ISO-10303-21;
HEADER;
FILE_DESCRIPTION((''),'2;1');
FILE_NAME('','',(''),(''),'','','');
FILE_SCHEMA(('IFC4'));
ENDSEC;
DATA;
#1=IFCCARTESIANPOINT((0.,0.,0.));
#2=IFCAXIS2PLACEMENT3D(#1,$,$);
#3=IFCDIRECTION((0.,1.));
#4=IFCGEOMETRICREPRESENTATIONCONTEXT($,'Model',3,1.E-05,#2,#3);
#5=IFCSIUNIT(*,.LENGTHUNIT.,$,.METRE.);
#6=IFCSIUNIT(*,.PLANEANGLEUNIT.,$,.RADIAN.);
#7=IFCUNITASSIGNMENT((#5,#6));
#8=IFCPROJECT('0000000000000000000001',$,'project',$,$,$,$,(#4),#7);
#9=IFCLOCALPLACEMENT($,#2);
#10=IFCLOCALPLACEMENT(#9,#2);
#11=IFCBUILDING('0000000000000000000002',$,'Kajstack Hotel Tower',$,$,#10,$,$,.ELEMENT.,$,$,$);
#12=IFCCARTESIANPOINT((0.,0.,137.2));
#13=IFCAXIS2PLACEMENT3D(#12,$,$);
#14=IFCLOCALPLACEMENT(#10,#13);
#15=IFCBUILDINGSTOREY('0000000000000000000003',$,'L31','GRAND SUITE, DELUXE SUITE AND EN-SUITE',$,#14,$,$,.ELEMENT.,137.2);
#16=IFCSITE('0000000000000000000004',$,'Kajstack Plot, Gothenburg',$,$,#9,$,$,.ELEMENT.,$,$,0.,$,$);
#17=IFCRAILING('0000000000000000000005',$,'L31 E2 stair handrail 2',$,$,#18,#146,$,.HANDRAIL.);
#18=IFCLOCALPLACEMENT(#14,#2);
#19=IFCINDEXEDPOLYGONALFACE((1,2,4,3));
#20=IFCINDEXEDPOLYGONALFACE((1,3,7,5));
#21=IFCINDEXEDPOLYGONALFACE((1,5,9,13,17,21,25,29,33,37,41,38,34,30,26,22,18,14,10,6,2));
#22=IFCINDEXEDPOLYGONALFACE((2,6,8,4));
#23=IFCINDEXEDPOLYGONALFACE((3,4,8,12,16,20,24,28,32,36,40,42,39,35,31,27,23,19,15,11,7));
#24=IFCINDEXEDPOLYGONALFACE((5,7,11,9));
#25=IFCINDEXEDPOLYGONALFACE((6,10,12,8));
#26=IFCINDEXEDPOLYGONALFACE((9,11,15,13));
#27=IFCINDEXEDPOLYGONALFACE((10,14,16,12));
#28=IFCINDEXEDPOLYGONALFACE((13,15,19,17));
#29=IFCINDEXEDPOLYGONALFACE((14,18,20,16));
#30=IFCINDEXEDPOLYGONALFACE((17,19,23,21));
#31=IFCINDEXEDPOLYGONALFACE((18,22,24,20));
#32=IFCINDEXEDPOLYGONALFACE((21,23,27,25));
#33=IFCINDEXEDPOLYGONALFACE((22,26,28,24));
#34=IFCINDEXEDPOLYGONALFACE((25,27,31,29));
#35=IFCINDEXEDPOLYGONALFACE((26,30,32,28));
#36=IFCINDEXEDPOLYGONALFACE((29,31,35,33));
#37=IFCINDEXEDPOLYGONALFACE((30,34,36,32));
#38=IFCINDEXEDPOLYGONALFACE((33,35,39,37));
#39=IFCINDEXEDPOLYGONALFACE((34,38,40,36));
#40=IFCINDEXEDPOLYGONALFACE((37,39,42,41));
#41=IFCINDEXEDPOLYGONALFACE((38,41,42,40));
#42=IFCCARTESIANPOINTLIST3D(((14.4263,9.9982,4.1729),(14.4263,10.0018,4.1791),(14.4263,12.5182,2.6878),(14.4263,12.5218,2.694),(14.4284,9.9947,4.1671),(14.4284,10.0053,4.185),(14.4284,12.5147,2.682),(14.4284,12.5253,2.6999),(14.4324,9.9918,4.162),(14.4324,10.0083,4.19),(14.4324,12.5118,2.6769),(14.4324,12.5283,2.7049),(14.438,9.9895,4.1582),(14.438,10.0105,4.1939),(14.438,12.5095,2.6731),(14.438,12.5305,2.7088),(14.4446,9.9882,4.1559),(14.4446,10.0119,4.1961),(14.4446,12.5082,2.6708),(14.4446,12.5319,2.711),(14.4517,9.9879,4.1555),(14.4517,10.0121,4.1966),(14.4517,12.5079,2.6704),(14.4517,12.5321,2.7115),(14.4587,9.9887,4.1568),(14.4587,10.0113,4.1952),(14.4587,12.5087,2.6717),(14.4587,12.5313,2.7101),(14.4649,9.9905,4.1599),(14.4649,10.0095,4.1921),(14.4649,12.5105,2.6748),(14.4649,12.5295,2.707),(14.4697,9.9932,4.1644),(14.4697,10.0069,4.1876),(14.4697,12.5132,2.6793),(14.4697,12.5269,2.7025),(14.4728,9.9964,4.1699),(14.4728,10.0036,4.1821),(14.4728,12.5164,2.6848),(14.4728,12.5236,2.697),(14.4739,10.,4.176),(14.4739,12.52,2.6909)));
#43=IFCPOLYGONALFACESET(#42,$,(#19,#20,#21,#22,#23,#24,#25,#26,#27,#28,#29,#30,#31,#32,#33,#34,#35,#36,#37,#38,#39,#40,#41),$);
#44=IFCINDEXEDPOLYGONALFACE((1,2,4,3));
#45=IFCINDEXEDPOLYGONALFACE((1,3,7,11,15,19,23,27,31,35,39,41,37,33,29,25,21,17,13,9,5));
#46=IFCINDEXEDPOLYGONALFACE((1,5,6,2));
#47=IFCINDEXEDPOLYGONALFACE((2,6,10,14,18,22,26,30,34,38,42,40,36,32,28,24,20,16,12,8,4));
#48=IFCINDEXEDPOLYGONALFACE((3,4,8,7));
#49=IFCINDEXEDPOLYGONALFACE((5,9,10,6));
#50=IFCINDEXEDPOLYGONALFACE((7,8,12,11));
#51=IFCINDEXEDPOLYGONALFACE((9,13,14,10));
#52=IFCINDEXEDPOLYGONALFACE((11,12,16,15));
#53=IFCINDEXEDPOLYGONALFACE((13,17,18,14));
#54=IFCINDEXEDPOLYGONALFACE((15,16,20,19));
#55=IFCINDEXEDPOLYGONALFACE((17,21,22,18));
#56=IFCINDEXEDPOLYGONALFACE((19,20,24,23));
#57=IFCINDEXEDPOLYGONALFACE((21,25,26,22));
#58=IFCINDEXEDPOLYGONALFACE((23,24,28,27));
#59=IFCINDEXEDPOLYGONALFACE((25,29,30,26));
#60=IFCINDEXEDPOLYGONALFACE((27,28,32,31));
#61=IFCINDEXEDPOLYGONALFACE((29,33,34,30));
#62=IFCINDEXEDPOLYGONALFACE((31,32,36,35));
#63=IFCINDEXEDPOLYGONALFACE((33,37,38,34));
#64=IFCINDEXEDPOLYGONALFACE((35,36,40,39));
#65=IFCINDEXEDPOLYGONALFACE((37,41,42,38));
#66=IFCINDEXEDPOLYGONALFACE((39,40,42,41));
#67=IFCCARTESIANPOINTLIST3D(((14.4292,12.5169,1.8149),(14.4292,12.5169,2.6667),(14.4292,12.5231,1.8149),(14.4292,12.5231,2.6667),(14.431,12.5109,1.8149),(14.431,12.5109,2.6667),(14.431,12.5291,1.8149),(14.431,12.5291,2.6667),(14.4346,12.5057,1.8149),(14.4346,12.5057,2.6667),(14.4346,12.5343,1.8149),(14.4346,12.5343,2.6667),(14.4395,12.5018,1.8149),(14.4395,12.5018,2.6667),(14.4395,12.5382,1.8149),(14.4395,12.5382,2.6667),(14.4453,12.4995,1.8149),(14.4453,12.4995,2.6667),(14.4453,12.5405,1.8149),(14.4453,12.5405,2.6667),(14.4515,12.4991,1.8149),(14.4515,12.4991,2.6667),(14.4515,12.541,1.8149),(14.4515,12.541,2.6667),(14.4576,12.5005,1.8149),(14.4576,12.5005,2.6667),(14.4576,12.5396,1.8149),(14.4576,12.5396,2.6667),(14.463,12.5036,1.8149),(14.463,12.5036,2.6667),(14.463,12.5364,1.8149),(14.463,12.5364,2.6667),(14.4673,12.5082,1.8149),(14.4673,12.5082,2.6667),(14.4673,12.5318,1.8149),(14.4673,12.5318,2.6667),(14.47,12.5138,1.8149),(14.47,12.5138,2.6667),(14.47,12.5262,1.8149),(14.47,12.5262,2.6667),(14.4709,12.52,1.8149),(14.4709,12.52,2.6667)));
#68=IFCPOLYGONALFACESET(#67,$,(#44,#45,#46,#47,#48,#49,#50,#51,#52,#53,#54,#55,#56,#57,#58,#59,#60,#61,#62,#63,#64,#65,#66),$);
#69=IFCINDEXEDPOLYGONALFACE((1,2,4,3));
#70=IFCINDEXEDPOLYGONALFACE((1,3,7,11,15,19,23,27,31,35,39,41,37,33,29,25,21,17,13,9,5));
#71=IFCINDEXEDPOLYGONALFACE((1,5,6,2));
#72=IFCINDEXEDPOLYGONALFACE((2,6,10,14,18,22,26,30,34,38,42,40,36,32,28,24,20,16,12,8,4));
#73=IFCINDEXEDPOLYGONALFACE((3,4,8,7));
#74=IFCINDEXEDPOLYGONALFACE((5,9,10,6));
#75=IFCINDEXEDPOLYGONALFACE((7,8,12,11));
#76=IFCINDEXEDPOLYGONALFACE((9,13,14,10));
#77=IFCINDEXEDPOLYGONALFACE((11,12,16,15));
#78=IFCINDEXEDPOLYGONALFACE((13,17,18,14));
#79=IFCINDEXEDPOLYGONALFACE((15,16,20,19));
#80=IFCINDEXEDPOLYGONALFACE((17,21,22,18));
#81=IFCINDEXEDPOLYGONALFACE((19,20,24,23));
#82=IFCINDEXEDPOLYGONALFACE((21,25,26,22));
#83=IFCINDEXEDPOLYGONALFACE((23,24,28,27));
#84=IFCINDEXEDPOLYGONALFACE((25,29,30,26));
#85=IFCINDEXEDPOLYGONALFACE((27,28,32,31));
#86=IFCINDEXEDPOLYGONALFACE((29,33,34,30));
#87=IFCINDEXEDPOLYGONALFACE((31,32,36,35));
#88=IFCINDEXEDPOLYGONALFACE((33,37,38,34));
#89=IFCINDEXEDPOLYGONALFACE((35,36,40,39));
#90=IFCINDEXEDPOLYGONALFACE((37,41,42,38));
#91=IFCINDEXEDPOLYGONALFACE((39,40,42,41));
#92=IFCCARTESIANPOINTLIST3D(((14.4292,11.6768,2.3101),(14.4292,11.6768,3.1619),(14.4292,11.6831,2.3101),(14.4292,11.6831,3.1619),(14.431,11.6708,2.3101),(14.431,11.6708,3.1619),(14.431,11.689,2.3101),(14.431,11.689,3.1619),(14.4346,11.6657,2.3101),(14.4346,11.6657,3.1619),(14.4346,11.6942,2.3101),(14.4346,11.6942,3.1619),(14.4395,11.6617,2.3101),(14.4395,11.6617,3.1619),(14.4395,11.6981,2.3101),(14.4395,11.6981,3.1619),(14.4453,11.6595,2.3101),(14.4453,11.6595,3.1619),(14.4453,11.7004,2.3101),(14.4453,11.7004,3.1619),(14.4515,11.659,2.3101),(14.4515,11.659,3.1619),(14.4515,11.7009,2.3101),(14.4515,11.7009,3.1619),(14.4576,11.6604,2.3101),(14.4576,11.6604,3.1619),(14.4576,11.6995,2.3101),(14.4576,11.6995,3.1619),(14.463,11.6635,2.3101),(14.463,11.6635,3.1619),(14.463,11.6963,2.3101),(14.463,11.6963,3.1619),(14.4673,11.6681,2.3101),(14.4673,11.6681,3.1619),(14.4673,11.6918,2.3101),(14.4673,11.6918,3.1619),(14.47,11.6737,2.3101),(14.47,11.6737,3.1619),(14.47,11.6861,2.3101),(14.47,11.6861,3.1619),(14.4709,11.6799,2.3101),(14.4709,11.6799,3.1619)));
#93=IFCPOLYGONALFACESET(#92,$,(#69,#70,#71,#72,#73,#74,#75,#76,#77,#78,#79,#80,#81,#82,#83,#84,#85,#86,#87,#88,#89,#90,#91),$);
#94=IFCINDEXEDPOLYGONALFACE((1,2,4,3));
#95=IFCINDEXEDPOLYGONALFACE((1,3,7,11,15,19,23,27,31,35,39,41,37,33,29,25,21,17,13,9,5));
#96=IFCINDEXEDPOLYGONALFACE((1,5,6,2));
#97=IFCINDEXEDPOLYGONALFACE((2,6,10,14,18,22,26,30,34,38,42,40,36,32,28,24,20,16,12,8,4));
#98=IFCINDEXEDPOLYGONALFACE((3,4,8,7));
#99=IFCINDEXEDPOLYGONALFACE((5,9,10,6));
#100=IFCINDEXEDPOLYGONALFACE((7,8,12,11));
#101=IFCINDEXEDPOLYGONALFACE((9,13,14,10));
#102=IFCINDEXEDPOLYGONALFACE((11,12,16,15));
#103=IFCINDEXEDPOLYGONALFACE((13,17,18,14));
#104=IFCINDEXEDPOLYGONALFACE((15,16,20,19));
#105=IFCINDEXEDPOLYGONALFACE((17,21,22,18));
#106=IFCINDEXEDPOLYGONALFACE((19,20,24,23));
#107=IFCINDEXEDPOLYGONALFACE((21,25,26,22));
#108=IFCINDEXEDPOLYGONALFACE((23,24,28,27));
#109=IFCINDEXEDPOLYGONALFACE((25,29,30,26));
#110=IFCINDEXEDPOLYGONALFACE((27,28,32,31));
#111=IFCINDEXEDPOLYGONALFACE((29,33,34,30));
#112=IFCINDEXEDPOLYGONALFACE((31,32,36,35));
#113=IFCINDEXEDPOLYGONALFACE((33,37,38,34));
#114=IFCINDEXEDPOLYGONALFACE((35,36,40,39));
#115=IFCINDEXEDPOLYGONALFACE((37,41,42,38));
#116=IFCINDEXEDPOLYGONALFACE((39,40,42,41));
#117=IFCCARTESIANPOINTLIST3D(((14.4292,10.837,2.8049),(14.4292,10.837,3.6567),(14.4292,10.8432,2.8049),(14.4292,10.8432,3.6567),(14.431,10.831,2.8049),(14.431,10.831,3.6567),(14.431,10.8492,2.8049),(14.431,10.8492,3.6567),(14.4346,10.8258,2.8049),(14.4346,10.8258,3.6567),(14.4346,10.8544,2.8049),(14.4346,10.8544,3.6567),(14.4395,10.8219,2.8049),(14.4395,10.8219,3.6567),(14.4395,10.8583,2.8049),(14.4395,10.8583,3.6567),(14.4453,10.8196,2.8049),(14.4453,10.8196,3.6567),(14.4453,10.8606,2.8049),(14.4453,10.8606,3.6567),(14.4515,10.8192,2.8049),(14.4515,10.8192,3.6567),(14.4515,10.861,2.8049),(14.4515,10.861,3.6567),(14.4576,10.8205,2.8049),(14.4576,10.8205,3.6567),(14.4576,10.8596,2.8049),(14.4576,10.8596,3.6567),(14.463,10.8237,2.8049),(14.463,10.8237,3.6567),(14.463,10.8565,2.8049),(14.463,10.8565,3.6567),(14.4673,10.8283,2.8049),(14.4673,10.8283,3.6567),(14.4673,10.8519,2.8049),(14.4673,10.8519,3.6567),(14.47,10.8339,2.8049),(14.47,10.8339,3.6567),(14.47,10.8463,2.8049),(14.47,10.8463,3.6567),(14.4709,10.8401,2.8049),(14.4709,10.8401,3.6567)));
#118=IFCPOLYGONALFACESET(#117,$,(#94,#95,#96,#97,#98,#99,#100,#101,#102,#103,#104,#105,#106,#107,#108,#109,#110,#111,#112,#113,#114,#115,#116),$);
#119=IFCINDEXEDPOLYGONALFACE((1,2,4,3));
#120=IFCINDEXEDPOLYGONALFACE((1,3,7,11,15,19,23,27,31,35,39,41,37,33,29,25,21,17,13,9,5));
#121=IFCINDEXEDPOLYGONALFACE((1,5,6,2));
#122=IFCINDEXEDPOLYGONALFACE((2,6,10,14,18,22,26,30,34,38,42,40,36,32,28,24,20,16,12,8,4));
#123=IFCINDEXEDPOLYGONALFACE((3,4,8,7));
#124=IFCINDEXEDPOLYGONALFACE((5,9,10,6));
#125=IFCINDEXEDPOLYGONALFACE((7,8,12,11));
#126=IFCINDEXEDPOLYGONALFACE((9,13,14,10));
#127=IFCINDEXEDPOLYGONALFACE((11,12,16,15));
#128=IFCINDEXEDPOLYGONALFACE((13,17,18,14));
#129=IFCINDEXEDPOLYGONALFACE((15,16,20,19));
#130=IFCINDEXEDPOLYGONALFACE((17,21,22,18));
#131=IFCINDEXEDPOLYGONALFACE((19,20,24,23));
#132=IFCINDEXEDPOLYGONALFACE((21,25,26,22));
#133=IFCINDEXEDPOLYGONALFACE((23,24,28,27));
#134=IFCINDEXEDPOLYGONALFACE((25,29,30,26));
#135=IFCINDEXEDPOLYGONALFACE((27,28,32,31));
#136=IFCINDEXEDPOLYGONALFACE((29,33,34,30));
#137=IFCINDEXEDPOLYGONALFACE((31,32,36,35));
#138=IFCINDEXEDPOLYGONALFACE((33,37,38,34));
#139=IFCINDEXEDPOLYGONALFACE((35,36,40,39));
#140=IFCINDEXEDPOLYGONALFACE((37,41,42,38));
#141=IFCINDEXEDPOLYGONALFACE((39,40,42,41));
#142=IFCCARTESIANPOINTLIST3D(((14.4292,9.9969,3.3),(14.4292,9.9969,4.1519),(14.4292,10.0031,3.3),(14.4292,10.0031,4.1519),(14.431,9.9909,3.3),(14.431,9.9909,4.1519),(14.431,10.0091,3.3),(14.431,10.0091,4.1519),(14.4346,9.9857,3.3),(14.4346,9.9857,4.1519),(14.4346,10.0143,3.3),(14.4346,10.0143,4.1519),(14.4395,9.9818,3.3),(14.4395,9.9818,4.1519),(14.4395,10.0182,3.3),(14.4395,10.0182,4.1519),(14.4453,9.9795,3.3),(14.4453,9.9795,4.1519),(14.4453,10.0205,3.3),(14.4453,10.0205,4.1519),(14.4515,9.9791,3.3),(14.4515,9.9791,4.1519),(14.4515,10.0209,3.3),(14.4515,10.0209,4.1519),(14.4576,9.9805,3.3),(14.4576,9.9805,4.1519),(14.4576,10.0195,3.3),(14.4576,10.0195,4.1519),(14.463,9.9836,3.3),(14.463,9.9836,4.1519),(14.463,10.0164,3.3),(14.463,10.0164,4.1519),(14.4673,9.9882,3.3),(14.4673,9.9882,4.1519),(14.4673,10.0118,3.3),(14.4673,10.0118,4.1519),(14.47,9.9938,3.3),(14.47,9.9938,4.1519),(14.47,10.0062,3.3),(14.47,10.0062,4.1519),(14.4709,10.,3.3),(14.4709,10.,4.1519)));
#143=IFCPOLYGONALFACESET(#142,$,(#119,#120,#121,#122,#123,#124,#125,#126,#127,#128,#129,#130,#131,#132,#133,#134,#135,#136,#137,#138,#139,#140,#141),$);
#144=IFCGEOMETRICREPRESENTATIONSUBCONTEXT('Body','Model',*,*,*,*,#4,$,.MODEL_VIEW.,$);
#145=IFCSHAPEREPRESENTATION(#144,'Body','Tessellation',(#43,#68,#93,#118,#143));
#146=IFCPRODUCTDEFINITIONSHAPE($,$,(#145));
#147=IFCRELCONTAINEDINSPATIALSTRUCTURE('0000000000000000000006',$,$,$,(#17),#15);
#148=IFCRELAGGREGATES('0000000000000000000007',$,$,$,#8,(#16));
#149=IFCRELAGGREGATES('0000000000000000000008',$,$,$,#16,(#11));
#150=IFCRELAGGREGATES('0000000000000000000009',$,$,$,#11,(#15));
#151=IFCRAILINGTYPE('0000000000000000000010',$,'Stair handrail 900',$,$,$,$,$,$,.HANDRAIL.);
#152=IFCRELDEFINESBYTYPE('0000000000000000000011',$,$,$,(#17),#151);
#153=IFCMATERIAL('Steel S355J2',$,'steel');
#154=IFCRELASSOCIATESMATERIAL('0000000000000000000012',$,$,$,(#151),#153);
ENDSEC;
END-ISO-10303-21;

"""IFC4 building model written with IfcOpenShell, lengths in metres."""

from ifc_helpers import new_model, si_unit, direction, frame, origin, origin_2d, place, context, subcontext, project, spatial, circle, extrude, material, type_object, element, save


model = new_model("IFC4")

# Units and contexts
model_context = context("Model", 3, precision=1e-05, world=origin(), true_north=direction((0.0, 1.0)))
body_context = subcontext(model_context, "Body", "Model", "MODEL_VIEW")
ifc_project = project(units=[si_unit("LENGTHUNIT", "METRE"), si_unit("PLANEANGLEUNIT", "RADIAN")], contexts=[model_context])

# Site, building, storey
site_placement = place(None, origin())
site = spatial("IfcSite", under=ifc_project, at=site_placement, Name="Kajstack Plot, Gothenburg", CompositionType="ELEMENT", RefElevation=0.0)
building_placement = place(site_placement, origin())
building = spatial("IfcBuilding", under=site, at=building_placement, Name="Kajstack Hotel Tower", CompositionType="ELEMENT")
storey_placement = place(building_placement, frame((0.0, 0.0, 137.2)))
storey = spatial("IfcBuildingStorey", under=building, at=storey_placement, Name="L31", Description="GRAND SUITE, DELUXE SUITE AND EN-SUITE", CompositionType="ELEMENT", Elevation=137.2)

# Railing
ifc_material_1 = material(Name="Steel S355J2", Category="steel")
railing_type = type_object("IfcRailingType", Name="Stair handrail 900", PredefinedType="HANDRAIL", material=ifc_material_1)
railing_placement = place(storey_placement, frame((14.45, 12.52, 1.8149)))
element("IfcRailing", 1, at=railing_placement, inside=storey, type_object=railing_type, Name="L31 E2 stair handrail 2", PredefinedType="HANDRAIL", context=body_context, shape_type="SweptSolid", body=[
    extrude(circle(Radius=0.0239, at=origin_2d()), frame((0.0, 0.0, 0.876), z_axis=(0.0, -0.861524, 0.507717), x_axis=(1.0, 0.0, 0.0)), (0.0, 0.0, 1.0), 2.925),
    extrude(circle(Radius=0.021, at=origin_2d()), origin(), (0.0, 0.0, 1.0), 0.8518),
    extrude(circle(Radius=0.021, at=origin_2d()), frame((0.0, -0.8401, 0.4951)), (0.0, 0.0, 1.0), 0.8518),
    extrude(circle(Radius=0.021, at=origin_2d()), frame((0.0, -1.6799, 0.99)), (0.0, 0.0, 1.0), 0.8518),
    extrude(circle(Radius=0.021, at=origin_2d()), frame((0.0, -2.52, 1.4851)), (0.0, 0.0, 1.0), 0.8518),
])

save(model, "model.ifc")
